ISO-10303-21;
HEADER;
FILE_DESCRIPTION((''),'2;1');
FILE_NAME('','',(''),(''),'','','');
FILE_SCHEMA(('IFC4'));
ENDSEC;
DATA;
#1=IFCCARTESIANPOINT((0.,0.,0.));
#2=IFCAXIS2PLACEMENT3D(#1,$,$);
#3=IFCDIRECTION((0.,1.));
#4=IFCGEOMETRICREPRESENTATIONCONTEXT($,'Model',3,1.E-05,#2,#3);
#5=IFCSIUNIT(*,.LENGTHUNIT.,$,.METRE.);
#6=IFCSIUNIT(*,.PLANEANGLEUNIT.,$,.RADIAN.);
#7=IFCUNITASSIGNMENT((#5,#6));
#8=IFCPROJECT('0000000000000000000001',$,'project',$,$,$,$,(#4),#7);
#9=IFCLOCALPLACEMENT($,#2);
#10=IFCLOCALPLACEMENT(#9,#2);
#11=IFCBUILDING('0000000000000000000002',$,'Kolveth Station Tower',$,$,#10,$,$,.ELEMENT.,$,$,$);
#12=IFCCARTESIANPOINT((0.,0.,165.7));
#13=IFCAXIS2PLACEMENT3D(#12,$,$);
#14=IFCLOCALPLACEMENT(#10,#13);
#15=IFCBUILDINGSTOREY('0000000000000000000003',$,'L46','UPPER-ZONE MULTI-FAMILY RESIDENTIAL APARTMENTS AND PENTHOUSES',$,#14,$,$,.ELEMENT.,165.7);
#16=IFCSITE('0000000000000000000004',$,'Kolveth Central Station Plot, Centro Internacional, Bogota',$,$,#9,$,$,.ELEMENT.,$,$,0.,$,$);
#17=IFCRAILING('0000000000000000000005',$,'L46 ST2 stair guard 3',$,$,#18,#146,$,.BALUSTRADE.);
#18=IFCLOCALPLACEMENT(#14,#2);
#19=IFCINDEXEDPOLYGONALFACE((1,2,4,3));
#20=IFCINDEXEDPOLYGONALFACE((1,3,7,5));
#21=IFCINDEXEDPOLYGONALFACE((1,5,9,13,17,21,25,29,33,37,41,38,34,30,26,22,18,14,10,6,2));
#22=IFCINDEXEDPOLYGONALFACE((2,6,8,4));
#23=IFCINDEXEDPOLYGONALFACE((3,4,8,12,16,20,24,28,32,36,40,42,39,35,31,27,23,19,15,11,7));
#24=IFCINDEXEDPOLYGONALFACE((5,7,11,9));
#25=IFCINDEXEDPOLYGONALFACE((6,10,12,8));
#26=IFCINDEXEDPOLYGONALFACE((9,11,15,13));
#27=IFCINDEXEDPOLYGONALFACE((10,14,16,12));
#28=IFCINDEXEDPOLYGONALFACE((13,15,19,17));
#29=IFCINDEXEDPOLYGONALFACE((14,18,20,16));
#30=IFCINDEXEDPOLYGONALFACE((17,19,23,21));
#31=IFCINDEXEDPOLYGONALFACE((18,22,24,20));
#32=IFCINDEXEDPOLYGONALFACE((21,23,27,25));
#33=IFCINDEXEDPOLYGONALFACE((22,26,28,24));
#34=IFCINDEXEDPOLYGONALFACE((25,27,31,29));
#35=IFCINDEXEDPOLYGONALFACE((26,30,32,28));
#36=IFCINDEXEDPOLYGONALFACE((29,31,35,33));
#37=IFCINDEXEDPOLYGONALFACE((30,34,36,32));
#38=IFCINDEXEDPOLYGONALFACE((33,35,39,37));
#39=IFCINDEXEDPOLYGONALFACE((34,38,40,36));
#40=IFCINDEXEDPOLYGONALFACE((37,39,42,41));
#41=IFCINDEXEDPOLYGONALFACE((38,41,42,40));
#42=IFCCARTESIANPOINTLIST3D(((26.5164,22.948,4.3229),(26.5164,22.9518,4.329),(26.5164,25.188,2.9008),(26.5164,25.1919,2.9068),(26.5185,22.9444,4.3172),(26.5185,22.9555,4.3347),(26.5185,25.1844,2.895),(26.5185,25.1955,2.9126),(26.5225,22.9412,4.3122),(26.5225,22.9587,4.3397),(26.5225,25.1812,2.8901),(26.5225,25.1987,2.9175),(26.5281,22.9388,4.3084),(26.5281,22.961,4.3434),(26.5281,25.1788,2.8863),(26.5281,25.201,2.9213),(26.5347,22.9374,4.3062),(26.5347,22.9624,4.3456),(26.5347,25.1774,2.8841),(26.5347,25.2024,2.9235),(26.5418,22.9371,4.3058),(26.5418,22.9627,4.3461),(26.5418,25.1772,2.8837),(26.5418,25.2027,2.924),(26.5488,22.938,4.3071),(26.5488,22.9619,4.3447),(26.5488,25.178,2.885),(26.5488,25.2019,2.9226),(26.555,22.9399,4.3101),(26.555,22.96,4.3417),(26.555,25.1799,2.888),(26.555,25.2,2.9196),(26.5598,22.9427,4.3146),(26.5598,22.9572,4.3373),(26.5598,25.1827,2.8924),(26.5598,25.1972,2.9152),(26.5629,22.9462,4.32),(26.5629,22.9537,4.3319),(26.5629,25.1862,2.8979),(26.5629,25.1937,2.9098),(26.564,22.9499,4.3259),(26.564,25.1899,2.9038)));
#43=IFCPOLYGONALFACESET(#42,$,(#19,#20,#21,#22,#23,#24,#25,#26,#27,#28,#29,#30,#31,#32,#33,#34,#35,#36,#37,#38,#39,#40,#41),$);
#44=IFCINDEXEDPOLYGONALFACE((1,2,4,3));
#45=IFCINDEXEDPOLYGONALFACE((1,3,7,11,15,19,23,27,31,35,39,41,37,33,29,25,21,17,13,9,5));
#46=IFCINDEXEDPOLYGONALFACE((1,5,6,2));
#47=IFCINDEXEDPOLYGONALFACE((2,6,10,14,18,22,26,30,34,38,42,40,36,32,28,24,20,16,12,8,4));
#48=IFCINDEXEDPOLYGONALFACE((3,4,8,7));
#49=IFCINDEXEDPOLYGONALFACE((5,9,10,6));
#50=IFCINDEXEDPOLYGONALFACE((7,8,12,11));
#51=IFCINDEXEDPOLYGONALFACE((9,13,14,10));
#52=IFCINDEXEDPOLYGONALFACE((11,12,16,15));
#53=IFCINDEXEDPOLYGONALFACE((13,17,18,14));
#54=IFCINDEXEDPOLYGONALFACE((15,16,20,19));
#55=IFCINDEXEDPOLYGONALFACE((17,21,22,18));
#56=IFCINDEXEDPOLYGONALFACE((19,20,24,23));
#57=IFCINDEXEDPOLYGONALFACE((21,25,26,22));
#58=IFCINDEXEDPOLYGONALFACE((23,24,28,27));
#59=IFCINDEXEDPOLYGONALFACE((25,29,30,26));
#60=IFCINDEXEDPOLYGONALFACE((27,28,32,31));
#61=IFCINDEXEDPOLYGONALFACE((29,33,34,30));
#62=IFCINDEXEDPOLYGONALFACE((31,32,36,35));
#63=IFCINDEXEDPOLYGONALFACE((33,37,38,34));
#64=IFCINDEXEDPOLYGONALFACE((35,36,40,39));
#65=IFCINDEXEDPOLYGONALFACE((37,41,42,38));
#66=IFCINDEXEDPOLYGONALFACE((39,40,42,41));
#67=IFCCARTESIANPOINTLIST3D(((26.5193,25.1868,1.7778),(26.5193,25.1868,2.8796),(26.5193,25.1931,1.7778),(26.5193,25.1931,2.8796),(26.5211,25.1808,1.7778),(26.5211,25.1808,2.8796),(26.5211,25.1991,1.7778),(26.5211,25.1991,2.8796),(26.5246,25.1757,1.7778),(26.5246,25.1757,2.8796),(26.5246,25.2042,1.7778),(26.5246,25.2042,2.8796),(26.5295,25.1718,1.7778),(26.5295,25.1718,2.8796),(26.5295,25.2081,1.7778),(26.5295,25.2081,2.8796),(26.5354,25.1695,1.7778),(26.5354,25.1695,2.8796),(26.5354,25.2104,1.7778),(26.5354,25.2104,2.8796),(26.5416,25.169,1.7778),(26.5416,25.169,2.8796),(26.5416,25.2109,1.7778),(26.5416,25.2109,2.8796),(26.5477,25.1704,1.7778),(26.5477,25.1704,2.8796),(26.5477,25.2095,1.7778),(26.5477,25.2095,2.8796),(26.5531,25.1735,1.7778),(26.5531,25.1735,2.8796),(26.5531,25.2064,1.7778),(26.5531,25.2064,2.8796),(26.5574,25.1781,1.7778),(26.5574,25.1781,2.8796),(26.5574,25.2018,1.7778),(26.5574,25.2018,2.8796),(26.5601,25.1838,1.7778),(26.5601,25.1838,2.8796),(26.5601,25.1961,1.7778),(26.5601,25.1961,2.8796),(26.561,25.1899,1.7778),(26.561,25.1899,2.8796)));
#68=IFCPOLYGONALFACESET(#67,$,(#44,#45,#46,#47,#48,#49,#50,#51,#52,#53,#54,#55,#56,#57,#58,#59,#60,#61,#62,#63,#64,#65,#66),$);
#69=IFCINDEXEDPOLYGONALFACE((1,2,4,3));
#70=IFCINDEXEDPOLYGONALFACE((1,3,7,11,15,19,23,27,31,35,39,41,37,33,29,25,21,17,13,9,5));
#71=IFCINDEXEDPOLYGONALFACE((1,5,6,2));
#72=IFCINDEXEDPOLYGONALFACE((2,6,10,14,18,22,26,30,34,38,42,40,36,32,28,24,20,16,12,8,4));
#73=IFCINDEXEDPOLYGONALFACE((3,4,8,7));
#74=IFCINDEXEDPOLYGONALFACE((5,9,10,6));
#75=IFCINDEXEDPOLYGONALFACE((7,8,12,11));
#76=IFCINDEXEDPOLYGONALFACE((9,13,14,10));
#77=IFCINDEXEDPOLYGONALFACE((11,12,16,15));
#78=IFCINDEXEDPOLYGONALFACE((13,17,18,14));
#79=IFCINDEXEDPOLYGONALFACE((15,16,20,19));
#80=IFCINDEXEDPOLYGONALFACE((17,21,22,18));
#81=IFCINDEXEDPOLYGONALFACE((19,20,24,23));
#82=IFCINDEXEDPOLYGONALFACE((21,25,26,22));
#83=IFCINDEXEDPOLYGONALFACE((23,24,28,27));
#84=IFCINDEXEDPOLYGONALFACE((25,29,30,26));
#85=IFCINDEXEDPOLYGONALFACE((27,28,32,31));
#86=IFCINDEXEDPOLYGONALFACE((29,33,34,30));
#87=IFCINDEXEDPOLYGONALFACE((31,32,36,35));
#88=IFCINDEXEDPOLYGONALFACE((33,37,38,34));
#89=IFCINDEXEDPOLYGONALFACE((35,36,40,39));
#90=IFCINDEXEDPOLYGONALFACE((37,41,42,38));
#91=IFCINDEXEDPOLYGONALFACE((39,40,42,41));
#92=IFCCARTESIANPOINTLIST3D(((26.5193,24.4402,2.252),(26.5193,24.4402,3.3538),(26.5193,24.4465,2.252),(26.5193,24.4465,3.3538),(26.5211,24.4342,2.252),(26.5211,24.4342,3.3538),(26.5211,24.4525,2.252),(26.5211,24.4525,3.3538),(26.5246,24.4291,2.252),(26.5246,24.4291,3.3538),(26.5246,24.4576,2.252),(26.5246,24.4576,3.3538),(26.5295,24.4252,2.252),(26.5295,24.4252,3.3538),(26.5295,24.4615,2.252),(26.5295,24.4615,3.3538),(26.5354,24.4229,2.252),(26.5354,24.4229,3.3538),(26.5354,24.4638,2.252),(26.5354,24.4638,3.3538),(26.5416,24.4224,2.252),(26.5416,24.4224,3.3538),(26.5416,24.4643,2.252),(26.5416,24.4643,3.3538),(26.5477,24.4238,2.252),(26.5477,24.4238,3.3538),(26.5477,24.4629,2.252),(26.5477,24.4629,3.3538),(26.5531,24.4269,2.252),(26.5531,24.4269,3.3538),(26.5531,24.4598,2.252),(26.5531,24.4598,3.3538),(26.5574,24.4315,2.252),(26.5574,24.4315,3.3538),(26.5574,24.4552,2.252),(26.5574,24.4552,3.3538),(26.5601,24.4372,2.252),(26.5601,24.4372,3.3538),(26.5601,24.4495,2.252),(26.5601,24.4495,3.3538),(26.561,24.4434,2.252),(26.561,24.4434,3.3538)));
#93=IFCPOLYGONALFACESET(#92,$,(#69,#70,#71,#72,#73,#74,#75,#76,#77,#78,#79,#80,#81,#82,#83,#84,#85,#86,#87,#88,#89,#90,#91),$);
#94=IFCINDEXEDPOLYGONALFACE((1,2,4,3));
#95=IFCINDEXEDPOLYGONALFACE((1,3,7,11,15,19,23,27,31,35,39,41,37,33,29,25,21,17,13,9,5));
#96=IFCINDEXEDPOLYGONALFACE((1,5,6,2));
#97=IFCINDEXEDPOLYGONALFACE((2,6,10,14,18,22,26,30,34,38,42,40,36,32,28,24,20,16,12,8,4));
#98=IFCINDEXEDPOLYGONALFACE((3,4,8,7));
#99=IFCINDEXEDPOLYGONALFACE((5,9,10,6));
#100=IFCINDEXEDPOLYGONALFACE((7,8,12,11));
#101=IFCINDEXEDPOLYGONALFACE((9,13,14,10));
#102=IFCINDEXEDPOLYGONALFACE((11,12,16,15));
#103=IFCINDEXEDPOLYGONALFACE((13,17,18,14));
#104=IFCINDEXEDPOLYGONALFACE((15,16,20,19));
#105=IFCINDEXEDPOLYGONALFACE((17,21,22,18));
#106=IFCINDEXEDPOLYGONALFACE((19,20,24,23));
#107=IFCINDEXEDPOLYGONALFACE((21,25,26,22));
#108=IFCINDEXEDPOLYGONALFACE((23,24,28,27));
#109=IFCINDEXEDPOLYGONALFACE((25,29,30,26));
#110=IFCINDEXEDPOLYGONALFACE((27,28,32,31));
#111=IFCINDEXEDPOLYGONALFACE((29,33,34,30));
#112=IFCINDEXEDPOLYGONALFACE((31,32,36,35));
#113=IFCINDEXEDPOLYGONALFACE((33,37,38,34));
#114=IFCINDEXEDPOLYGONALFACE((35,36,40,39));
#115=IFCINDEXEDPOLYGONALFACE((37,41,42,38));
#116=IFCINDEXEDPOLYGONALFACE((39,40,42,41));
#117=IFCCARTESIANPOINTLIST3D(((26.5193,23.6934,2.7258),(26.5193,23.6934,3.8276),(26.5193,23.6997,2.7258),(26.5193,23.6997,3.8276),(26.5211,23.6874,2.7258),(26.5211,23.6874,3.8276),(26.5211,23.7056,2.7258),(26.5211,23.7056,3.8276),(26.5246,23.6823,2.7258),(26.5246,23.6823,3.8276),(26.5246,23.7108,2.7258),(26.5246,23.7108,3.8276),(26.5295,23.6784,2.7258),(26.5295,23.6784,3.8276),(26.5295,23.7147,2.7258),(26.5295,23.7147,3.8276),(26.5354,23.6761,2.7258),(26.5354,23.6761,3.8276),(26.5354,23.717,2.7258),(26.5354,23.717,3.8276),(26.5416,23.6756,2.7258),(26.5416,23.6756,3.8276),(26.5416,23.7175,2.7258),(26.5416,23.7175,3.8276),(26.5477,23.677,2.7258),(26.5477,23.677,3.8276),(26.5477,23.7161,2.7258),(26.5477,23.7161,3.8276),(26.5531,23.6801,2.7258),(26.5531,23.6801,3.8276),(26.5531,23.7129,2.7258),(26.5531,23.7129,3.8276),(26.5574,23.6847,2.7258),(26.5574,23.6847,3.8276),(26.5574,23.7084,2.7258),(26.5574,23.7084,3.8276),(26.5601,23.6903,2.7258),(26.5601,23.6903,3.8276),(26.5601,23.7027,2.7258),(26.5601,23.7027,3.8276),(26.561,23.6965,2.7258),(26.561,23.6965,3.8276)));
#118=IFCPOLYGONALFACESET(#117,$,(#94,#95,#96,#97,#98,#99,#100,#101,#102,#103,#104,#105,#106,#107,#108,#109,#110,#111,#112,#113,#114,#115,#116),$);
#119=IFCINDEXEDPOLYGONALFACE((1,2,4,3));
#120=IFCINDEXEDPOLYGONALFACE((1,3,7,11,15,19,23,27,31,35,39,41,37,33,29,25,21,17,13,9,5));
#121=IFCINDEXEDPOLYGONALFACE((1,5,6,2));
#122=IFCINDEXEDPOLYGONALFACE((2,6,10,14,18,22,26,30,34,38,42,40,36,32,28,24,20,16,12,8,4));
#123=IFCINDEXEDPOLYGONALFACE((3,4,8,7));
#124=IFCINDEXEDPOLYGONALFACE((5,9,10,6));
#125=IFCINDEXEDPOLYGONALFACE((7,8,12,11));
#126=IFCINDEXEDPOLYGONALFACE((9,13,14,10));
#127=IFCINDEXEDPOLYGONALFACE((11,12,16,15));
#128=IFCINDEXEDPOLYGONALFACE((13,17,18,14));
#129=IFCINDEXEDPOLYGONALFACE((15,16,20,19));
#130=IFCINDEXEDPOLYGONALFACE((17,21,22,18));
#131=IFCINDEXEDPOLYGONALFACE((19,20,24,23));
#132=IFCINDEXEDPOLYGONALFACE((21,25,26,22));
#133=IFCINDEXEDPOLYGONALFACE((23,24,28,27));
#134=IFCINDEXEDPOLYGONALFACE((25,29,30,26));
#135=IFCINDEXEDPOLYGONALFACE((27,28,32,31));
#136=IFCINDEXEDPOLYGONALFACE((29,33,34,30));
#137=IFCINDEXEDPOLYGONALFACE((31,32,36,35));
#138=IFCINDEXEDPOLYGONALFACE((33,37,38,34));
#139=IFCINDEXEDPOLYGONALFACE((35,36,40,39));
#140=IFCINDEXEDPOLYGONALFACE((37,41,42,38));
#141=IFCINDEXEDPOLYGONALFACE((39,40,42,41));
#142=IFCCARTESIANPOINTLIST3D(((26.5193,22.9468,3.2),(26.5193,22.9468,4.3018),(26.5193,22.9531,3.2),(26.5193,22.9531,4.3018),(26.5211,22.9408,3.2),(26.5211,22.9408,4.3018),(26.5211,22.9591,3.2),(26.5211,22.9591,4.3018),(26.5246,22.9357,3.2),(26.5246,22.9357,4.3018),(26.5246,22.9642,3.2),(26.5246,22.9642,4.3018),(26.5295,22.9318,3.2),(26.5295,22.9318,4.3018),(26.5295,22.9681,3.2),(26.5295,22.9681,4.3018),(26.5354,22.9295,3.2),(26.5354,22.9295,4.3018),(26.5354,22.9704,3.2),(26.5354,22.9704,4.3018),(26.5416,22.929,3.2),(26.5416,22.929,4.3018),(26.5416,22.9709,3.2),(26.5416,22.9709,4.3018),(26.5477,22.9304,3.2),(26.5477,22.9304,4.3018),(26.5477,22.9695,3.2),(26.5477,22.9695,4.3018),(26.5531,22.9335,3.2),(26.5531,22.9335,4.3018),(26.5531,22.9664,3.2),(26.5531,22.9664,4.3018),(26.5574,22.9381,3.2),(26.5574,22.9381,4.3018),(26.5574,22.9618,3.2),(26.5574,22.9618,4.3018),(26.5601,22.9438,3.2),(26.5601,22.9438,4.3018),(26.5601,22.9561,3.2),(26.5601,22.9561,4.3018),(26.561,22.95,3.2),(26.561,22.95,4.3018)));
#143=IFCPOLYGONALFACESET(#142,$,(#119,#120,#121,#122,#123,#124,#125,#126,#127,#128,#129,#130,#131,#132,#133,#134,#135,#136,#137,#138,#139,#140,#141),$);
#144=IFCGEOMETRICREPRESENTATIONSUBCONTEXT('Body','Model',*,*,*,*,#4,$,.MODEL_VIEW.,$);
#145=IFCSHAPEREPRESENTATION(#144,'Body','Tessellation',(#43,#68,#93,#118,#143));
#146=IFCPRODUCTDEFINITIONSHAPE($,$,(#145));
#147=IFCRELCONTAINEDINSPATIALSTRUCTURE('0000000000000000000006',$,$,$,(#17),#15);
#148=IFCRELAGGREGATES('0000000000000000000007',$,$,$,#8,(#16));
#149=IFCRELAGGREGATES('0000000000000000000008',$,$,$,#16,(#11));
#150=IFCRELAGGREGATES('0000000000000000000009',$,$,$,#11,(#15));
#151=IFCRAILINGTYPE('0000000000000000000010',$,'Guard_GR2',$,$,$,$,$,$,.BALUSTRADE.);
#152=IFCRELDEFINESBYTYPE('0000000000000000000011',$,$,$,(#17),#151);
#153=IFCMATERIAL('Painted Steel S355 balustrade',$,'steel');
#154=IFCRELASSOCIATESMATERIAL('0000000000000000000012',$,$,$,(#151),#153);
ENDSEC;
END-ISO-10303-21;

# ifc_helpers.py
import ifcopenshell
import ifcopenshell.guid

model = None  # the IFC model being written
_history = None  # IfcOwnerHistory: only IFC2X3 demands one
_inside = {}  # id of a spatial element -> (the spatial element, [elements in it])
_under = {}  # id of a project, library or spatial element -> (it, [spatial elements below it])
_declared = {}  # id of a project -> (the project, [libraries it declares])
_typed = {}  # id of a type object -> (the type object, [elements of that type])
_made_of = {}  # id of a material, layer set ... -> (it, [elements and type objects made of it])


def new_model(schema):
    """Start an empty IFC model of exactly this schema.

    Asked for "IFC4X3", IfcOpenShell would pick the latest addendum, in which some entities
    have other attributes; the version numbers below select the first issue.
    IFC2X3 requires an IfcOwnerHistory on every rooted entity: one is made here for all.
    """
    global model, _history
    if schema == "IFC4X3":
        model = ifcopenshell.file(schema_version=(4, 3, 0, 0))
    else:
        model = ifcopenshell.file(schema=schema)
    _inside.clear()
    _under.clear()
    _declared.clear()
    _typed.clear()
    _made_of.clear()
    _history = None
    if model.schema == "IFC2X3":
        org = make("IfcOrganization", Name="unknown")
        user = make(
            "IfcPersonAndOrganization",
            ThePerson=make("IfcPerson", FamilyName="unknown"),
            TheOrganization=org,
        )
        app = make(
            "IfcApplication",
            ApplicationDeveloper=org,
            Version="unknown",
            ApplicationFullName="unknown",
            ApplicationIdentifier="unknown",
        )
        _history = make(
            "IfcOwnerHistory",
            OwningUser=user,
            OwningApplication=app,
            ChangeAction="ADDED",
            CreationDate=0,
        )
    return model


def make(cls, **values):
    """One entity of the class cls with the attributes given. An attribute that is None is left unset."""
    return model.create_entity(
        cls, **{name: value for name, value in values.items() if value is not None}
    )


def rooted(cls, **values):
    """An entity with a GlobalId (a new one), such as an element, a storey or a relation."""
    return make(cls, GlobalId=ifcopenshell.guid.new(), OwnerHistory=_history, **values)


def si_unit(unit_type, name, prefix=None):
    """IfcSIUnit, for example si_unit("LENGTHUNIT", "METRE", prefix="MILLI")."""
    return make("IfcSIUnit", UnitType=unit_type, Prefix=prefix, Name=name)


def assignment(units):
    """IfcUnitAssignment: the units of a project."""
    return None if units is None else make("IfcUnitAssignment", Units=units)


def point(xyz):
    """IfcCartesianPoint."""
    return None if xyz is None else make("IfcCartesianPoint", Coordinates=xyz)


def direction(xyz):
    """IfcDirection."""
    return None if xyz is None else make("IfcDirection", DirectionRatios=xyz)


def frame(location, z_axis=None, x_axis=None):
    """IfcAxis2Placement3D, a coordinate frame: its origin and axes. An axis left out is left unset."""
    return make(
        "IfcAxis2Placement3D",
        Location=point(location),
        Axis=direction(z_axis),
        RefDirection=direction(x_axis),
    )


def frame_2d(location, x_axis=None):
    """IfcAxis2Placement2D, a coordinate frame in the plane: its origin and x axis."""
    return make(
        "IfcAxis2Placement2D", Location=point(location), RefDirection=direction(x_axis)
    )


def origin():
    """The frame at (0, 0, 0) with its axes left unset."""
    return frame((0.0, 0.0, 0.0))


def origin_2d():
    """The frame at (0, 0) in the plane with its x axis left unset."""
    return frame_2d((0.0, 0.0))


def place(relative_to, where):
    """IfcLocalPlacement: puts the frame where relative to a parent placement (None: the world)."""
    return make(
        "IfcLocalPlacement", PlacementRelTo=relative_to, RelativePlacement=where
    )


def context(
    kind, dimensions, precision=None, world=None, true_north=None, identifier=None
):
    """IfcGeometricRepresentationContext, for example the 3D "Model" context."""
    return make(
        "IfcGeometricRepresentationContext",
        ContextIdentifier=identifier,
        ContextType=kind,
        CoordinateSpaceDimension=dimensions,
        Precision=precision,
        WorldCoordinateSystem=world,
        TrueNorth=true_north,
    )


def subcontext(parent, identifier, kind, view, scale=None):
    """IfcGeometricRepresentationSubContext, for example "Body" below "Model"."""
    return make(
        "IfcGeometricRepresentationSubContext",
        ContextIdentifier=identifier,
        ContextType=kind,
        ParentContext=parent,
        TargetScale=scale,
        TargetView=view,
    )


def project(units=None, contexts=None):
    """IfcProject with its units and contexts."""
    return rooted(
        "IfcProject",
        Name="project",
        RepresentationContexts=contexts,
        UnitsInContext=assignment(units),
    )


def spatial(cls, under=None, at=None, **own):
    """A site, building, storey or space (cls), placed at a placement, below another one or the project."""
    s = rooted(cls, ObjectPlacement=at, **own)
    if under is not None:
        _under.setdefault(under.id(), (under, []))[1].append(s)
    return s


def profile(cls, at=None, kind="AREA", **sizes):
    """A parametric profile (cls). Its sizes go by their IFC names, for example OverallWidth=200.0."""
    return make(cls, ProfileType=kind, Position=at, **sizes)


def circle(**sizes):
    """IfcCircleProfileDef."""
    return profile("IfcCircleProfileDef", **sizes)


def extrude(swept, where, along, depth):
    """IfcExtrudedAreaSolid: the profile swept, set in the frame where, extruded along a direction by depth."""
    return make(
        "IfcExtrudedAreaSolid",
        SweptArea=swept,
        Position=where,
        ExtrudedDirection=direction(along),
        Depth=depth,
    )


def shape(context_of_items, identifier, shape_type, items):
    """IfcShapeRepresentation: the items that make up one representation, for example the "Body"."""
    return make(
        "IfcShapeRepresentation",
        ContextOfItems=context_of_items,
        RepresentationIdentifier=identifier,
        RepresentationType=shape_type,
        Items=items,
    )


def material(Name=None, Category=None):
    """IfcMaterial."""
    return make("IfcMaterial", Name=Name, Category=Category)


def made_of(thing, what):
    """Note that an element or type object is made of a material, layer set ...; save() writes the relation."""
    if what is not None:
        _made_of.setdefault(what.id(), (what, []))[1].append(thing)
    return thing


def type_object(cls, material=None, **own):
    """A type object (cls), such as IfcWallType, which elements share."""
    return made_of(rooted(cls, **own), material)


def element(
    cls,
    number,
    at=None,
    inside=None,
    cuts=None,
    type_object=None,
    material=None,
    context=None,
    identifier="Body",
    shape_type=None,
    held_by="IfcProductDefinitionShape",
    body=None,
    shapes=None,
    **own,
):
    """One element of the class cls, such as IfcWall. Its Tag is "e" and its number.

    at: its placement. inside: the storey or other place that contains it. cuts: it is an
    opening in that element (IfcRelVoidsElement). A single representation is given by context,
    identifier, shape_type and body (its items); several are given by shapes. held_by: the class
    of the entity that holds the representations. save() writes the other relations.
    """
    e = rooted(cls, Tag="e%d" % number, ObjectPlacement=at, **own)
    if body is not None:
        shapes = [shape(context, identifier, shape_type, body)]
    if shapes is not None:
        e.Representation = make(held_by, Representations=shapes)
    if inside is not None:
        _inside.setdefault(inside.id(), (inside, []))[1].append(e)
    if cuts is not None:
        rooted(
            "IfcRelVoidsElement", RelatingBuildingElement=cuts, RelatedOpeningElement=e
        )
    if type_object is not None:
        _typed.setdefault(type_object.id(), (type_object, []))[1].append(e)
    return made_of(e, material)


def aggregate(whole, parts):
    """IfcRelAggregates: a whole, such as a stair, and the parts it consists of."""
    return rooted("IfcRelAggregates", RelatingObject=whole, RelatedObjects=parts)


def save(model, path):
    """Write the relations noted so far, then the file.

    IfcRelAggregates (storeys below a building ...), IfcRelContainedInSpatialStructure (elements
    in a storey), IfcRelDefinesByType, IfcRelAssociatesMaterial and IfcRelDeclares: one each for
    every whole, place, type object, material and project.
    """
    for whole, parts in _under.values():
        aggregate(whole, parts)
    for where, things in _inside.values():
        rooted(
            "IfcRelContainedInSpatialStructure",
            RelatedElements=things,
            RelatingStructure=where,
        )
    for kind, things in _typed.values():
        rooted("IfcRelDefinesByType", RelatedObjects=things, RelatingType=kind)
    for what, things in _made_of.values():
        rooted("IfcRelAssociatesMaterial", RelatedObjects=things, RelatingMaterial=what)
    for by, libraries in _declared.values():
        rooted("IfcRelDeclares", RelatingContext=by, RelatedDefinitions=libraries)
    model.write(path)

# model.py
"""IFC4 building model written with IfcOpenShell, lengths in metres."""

from ifc_helpers import new_model, si_unit, direction, frame, origin, origin_2d, place, context, subcontext, project, spatial, circle, extrude, material, type_object, element, save


model = new_model("IFC4")

# Units and contexts
model_context = context("Model", 3, precision=1e-05, world=origin(), true_north=direction((0.0, 1.0)))
body_context = subcontext(model_context, "Body", "Model", "MODEL_VIEW")
ifc_project = project(units=[si_unit("LENGTHUNIT", "METRE"), si_unit("PLANEANGLEUNIT", "RADIAN")], contexts=[model_context])

# Site, building, storey
site_placement = place(None, origin())
site = spatial("IfcSite", under=ifc_project, at=site_placement, Name="Kolveth Central Station Plot, Centro Internacional, Bogota", CompositionType="ELEMENT", RefElevation=0.0)
building_placement = place(site_placement, origin())
building = spatial("IfcBuilding", under=site, at=building_placement, Name="Kolveth Station Tower", CompositionType="ELEMENT")
storey_placement = place(building_placement, frame((0.0, 0.0, 165.7)))
storey = spatial("IfcBuildingStorey", under=building, at=storey_placement, Name="L46", Description="UPPER-ZONE MULTI-FAMILY RESIDENTIAL APARTMENTS AND PENTHOUSES", CompositionType="ELEMENT", Elevation=165.7)

# Railing
ifc_material_1 = material(Name="Painted Steel S355 balustrade", Category="steel")
railing_type_1 = type_object("IfcRailingType", Name="Guard_GR2", PredefinedType="BALUSTRADE", material=ifc_material_1)
railing_1_placement = place(storey_placement, frame((26.54, 25.1899, 1.7778)))
element("IfcRailing", 1, at=railing_1_placement, inside=storey, type_object=railing_type_1, Name="L46 ST2 stair guard 3", PredefinedType="BALUSTRADE", context=body_context, shape_type="SweptSolid", body=[
    extrude(circle(Radius=0.0239, at=origin_2d()), frame((0.0, 0.0, 1.126), z_axis=(0.0, -0.844229, 0.535982), x_axis=(1.0, 0.0, 0.0)), (0.0, 0.0, 1.0), 2.6533),
    extrude(circle(Radius=0.021, at=origin_2d()), origin(), (0.0, 0.0, 1.0), 1.1018),
    extrude(circle(Radius=0.021, at=origin_2d()), frame((0.0, -0.7466, 0.4741)), (0.0, 0.0, 1.0), 1.1018),
    extrude(circle(Radius=0.021, at=origin_2d()), frame((0.0, -1.4934, 0.948)), (0.0, 0.0, 1.0), 1.1018),
    extrude(circle(Radius=0.021, at=origin_2d()), frame((0.0, -2.24, 1.4221)), (0.0, 0.0, 1.0), 1.1018),
])

save(model, "model.ifc")
